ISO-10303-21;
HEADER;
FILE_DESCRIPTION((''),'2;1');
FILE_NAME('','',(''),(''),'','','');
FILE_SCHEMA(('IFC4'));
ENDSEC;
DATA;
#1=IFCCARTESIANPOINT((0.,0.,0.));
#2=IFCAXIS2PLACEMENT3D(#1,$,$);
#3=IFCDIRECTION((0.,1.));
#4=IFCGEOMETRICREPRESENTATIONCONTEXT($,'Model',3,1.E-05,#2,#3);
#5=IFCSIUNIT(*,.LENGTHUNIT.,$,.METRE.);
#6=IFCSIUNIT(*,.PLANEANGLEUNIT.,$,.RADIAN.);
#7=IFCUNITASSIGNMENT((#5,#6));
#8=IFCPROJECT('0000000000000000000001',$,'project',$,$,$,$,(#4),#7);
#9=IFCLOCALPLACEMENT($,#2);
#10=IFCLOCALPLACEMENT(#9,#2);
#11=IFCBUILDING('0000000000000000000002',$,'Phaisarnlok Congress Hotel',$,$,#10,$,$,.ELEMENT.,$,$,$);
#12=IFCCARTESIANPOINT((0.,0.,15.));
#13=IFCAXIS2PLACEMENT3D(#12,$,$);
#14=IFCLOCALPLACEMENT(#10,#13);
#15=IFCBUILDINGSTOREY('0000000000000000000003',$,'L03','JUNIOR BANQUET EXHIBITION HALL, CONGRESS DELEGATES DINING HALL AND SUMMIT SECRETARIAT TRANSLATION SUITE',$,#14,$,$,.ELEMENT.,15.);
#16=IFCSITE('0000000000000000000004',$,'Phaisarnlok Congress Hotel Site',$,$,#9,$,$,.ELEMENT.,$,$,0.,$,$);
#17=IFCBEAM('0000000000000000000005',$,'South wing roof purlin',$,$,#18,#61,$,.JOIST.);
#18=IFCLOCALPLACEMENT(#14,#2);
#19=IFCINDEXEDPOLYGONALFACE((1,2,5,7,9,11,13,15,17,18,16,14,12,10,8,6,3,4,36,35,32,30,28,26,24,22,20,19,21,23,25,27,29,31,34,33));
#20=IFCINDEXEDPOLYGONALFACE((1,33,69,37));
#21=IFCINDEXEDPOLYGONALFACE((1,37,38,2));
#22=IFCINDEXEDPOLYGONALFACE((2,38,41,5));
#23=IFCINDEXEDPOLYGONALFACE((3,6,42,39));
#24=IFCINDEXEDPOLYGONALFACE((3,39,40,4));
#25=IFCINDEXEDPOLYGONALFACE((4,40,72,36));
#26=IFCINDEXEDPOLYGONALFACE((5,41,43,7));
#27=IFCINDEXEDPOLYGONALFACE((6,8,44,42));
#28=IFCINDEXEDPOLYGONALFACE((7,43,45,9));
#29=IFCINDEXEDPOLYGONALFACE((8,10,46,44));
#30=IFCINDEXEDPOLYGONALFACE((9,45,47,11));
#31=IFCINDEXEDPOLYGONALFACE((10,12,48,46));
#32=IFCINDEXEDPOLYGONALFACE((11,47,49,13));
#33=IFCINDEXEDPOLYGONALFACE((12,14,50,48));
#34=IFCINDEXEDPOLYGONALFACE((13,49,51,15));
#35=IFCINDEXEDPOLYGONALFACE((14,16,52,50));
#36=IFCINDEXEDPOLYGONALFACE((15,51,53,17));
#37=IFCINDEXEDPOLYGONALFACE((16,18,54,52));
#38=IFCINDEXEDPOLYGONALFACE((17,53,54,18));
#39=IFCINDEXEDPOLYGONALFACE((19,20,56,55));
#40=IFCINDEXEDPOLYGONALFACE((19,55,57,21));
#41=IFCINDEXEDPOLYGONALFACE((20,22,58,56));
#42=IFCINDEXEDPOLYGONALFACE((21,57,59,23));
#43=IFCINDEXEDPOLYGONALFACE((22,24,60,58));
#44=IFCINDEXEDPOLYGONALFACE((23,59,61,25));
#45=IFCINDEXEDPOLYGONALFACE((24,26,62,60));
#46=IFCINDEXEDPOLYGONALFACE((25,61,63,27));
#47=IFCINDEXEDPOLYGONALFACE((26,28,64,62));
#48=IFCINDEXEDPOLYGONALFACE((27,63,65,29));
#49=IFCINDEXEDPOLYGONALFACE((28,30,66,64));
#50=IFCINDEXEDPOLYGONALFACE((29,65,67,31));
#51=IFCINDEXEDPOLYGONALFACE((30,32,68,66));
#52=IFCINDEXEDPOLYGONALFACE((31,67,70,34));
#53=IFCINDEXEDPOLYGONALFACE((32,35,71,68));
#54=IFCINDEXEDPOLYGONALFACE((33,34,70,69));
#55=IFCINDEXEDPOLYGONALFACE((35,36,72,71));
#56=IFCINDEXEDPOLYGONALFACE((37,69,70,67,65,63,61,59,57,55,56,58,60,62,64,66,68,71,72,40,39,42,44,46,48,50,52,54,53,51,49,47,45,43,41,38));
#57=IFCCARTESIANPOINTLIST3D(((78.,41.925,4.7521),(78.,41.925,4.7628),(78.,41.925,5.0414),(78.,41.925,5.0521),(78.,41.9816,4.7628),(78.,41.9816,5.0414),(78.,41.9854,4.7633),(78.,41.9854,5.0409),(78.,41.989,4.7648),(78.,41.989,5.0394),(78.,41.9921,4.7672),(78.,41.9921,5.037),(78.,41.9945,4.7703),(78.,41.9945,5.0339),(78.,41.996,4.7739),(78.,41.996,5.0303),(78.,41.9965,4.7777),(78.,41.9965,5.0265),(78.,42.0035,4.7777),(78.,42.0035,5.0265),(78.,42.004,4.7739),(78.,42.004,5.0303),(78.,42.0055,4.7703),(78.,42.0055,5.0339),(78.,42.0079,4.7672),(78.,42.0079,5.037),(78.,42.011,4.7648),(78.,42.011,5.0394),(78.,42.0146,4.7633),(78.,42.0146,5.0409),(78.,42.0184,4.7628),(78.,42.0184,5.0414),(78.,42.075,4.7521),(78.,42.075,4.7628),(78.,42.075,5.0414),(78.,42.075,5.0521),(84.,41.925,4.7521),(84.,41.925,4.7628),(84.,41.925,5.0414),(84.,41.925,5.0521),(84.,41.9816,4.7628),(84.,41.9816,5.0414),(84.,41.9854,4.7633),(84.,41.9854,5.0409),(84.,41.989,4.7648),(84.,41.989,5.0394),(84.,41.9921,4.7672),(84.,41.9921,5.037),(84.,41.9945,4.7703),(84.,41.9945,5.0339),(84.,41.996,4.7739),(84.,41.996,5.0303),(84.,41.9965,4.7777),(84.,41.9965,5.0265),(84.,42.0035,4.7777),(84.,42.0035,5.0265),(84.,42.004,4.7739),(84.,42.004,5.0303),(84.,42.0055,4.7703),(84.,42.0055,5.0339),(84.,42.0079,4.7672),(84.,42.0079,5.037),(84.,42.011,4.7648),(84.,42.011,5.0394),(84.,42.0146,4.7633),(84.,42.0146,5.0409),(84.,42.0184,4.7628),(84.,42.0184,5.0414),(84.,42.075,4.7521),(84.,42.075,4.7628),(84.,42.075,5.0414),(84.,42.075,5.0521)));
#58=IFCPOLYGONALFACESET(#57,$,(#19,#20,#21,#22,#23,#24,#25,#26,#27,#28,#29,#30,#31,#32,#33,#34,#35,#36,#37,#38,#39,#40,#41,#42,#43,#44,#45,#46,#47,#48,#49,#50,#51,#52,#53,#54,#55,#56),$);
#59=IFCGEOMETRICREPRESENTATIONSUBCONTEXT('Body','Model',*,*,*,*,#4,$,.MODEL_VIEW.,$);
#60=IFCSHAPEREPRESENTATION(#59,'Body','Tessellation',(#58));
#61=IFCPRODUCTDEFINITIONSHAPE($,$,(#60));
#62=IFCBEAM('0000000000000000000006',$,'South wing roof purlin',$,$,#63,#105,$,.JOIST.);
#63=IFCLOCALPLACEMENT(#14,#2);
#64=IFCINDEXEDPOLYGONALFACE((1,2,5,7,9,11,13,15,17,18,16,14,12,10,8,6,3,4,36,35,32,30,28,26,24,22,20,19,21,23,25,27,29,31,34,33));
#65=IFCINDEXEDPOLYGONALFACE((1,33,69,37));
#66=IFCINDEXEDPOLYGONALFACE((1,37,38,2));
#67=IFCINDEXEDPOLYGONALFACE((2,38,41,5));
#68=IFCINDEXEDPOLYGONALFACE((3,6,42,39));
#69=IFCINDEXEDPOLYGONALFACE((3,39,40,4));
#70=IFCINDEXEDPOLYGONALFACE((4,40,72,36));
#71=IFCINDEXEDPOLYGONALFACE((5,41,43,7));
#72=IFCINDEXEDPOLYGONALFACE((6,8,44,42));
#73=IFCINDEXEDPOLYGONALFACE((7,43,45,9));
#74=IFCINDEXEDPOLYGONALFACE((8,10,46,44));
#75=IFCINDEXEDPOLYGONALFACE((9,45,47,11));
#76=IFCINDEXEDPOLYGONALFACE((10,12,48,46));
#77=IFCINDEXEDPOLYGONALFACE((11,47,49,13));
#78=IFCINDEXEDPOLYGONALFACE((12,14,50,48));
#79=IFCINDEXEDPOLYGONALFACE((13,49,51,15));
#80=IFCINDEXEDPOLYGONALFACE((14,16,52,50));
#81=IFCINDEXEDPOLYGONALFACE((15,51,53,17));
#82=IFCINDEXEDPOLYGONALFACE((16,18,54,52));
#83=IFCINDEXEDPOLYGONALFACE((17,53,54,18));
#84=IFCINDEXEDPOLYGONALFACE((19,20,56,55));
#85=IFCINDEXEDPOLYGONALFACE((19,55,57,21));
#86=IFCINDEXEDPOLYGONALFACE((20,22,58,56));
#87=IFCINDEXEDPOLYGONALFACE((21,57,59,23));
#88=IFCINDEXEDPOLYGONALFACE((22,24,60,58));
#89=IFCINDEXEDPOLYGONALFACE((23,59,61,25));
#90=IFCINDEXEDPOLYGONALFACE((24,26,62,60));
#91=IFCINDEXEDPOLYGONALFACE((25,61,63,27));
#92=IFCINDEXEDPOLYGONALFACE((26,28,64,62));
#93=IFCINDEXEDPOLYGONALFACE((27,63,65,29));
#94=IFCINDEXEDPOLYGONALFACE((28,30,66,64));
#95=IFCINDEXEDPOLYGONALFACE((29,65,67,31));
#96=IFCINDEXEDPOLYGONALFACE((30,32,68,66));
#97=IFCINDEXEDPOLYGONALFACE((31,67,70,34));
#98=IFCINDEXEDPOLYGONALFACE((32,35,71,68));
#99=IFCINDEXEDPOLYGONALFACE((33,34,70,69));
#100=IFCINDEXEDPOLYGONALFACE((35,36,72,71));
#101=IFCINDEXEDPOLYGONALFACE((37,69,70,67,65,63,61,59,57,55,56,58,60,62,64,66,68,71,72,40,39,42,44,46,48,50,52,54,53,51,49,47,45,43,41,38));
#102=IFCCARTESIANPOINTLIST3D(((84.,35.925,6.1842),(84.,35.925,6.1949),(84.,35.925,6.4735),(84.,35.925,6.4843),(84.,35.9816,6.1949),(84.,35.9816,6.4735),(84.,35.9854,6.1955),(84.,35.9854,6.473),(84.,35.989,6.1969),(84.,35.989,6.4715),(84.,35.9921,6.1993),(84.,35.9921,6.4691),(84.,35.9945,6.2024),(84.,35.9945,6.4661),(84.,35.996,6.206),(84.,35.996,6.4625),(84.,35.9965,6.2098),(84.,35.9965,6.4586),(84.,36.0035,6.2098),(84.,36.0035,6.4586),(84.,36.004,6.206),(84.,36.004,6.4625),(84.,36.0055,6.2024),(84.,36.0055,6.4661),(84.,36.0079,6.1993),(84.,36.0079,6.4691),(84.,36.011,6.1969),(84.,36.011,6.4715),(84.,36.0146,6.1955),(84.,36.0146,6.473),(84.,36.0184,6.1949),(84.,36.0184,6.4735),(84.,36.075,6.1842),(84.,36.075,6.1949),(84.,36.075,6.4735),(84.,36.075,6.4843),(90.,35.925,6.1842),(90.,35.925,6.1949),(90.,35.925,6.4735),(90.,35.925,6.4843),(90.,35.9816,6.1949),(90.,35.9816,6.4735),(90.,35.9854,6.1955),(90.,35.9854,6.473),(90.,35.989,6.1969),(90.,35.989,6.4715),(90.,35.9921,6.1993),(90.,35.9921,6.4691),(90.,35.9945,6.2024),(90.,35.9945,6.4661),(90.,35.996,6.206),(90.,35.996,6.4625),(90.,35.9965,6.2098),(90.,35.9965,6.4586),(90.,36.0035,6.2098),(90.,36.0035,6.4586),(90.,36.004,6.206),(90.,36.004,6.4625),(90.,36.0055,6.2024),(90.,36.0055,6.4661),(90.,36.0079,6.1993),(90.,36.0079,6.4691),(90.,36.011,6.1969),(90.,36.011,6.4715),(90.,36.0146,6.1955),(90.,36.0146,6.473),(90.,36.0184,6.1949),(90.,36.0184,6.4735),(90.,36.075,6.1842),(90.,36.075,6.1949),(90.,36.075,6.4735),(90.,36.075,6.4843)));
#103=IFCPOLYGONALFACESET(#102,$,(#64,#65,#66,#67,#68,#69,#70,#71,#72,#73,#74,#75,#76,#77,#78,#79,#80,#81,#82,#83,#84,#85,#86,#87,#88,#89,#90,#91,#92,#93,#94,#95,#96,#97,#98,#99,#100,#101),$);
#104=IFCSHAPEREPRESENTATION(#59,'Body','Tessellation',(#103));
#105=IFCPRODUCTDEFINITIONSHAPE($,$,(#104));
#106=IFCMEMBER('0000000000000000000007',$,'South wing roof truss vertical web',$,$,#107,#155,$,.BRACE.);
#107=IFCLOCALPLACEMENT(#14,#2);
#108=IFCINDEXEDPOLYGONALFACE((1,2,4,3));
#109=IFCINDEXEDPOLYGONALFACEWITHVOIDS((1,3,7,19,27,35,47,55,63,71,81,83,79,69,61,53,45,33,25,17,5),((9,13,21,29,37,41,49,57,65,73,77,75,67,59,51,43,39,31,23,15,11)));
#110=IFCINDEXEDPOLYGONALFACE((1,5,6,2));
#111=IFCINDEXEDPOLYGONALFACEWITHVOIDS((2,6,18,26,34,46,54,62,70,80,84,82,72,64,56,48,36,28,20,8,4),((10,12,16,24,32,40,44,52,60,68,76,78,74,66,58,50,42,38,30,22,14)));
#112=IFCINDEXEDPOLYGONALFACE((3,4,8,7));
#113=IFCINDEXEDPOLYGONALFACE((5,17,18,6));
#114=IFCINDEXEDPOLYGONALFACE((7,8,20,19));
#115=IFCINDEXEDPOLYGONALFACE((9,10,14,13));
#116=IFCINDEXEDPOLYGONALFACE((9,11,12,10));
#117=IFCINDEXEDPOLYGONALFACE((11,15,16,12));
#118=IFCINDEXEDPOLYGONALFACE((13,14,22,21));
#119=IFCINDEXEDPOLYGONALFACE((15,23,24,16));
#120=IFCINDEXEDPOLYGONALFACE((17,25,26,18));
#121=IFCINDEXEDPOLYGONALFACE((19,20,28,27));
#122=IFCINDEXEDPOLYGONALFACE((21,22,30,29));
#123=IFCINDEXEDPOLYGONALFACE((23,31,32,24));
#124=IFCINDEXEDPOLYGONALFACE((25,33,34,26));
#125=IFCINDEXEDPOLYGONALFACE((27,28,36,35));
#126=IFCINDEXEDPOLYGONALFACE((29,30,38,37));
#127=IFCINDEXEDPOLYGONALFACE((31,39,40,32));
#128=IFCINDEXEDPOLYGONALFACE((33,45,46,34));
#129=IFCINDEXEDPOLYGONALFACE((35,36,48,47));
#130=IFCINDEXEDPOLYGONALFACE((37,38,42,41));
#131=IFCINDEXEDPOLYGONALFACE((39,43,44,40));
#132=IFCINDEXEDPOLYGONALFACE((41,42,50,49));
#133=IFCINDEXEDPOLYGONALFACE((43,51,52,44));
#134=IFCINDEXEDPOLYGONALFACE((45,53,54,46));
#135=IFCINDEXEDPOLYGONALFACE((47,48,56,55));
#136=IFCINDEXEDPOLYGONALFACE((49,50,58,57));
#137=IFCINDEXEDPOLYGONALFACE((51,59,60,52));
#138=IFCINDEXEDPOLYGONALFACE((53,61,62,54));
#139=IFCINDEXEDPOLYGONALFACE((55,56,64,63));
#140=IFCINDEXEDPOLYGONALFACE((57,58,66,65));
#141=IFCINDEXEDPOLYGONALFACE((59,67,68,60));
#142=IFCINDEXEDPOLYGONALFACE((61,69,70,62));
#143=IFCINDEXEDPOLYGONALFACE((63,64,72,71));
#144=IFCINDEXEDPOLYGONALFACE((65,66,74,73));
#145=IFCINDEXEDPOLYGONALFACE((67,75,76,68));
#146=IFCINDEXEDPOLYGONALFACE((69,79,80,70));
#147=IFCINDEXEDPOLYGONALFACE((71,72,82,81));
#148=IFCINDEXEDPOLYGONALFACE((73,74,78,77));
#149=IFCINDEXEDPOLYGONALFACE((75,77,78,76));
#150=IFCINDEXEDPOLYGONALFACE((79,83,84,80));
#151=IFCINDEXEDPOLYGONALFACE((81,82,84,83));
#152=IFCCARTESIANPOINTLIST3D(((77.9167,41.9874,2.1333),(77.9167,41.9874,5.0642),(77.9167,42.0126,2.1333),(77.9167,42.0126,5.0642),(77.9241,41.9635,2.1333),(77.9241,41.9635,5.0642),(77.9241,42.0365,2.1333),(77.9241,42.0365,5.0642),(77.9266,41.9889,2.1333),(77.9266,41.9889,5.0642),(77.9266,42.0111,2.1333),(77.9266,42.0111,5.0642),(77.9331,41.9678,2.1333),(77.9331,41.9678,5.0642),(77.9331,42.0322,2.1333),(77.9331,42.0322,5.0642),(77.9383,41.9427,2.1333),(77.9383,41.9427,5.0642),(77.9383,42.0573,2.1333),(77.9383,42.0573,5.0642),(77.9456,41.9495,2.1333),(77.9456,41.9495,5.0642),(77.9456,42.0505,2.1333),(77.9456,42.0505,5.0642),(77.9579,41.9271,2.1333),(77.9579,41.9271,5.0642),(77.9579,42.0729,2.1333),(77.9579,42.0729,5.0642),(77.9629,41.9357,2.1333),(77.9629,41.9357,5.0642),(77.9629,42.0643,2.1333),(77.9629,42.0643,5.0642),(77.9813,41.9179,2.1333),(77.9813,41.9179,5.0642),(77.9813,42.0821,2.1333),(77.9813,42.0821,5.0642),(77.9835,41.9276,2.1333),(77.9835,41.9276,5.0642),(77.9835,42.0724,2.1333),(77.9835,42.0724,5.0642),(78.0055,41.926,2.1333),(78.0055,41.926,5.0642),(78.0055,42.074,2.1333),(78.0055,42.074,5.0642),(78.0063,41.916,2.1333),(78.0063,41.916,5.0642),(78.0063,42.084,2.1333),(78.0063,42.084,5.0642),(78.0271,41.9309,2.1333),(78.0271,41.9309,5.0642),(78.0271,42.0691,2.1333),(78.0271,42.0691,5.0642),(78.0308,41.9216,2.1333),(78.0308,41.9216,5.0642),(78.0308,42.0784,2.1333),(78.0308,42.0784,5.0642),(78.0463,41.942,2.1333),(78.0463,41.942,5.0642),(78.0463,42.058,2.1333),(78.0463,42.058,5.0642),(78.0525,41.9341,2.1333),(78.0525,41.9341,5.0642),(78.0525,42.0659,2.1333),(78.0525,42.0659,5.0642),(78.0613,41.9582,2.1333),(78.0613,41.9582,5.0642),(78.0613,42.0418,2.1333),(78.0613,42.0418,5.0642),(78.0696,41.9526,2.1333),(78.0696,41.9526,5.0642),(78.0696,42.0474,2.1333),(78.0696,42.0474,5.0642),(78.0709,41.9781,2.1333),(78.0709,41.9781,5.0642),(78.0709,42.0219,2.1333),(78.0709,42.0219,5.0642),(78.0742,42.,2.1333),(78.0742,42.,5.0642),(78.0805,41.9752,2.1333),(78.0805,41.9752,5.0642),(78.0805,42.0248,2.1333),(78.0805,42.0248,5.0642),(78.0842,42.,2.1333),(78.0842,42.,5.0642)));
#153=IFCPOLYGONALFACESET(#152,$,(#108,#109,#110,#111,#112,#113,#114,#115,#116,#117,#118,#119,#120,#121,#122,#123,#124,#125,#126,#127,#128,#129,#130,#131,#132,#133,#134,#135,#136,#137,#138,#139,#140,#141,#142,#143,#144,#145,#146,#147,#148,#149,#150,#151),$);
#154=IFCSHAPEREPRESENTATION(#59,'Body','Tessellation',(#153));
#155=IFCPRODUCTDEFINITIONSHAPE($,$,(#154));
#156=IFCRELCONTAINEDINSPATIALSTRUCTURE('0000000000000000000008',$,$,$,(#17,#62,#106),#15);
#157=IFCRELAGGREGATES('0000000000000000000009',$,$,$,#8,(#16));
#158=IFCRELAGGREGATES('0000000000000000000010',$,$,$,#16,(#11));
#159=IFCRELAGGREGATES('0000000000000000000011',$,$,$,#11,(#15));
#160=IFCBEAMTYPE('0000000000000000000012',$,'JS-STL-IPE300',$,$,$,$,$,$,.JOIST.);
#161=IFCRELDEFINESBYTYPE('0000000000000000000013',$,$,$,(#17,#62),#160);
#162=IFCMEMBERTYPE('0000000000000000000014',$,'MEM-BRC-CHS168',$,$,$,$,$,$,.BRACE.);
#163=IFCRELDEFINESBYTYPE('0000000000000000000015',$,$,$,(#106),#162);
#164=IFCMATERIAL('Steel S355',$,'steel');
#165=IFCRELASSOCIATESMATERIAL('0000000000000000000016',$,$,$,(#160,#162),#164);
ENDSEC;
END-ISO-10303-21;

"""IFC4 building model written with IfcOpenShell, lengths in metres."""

from ifc_helpers import new_model, si_unit, direction, frame, origin, origin_2d, place, context, subcontext, project, spatial, hollow_circle, i_section, extrude, material, material_profile, profile_set, type_object, element, save


model = new_model("IFC4")

# Units and contexts
model_context = context("Model", 3, precision=1e-05, world=origin(), true_north=direction((0.0, 1.0)))
body_context = subcontext(model_context, "Body", "Model", "MODEL_VIEW")
ifc_project = project(units=[si_unit("LENGTHUNIT", "METRE"), si_unit("PLANEANGLEUNIT", "RADIAN")], contexts=[model_context])

# Site, building, storey
site_placement = place(None, origin())
site = spatial("IfcSite", under=ifc_project, at=site_placement, Name="Phaisarnlok Congress Hotel Site", CompositionType="ELEMENT", RefElevation=0.0)
building_placement = place(site_placement, origin())
building = spatial("IfcBuilding", under=site, at=building_placement, Name="Phaisarnlok Congress Hotel", CompositionType="ELEMENT")
storey_placement = place(building_placement, frame((0.0, 0.0, 15.0)))
storey = spatial("IfcBuildingStorey", under=building, at=storey_placement, Name="L03", Description="JUNIOR BANQUET EXHIBITION HALL, CONGRESS DELEGATES DINING HALL AND SUMMIT SECRETARIAT TRANSLATION SUITE", CompositionType="ELEMENT", Elevation=15.0)

# Shared definitions
ifc_material_1 = material(Name="Steel S355", Category="steel")

# Beams
ifc_material_profile_1 = material_profile(ifc_material_1, i_section(OverallWidth=0.1499, OverallDepth=0.3, WebThickness=0.0071, FlangeThickness=0.0107, FilletRadius=0.0149, at=origin_2d()), Name="IPE 300")
ifc_profile_set_1 = profile_set([ifc_material_profile_1], Name="Steel S355")
beam_type = type_object("IfcBeamType", Name="JS-STL-IPE300", PredefinedType="JOIST", material=ifc_profile_set_1)
for number, where, z_axis, x_axis, name in (
    (1, (78.0, 42.0, 4.9021), (1.0, 0.0, 0.0), (0.0, 1.0, 0.0), "South wing roof purlin"),
    (2, (84.0, 36.0, 6.3342), (1.0, 0.0, 0.0), (0.0, 1.0, 0.0), "South wing roof purlin"),
):
    element("IfcBeam", number, at=place(storey_placement, frame(where, z_axis=z_axis, x_axis=x_axis)), inside=storey, type_object=beam_type, Name=name, PredefinedType="JOIST", context=body_context, shape_type="SweptSolid", body=[
        extrude(i_section(OverallWidth=0.1499, OverallDepth=0.3, WebThickness=0.0071, FlangeThickness=0.0107, FilletRadius=0.0149, at=origin_2d()), origin(), (0.0, 0.0, 1.0), 6.0),
    ])

# Member
ifc_material_profile_2 = material_profile(ifc_material_1, hollow_circle(Radius=0.0842, WallThickness=0.01, at=origin_2d()), Name="CHS 168.3x10")
ifc_profile_set_2 = profile_set([ifc_material_profile_2], Name="Steel S355")
member_type_1 = type_object("IfcMemberType", Name="MEM-BRC-CHS168", PredefinedType="BRACE", material=ifc_profile_set_2)
member_1_placement = place(storey_placement, frame((78.0, 42.0, 2.1333), z_axis=(0.0, 0.0, 1.0), x_axis=(1.0, 0.0, 0.0)))
element("IfcMember", 3, at=member_1_placement, inside=storey, type_object=member_type_1, Name="South wing roof truss vertical web", PredefinedType="BRACE", context=body_context, shape_type="SweptSolid", body=[
    extrude(hollow_circle(Radius=0.0842, WallThickness=0.01, at=origin_2d()), origin(), (0.0, 0.0, 1.0), 2.9309),
])

save(model, "model.ifc")
